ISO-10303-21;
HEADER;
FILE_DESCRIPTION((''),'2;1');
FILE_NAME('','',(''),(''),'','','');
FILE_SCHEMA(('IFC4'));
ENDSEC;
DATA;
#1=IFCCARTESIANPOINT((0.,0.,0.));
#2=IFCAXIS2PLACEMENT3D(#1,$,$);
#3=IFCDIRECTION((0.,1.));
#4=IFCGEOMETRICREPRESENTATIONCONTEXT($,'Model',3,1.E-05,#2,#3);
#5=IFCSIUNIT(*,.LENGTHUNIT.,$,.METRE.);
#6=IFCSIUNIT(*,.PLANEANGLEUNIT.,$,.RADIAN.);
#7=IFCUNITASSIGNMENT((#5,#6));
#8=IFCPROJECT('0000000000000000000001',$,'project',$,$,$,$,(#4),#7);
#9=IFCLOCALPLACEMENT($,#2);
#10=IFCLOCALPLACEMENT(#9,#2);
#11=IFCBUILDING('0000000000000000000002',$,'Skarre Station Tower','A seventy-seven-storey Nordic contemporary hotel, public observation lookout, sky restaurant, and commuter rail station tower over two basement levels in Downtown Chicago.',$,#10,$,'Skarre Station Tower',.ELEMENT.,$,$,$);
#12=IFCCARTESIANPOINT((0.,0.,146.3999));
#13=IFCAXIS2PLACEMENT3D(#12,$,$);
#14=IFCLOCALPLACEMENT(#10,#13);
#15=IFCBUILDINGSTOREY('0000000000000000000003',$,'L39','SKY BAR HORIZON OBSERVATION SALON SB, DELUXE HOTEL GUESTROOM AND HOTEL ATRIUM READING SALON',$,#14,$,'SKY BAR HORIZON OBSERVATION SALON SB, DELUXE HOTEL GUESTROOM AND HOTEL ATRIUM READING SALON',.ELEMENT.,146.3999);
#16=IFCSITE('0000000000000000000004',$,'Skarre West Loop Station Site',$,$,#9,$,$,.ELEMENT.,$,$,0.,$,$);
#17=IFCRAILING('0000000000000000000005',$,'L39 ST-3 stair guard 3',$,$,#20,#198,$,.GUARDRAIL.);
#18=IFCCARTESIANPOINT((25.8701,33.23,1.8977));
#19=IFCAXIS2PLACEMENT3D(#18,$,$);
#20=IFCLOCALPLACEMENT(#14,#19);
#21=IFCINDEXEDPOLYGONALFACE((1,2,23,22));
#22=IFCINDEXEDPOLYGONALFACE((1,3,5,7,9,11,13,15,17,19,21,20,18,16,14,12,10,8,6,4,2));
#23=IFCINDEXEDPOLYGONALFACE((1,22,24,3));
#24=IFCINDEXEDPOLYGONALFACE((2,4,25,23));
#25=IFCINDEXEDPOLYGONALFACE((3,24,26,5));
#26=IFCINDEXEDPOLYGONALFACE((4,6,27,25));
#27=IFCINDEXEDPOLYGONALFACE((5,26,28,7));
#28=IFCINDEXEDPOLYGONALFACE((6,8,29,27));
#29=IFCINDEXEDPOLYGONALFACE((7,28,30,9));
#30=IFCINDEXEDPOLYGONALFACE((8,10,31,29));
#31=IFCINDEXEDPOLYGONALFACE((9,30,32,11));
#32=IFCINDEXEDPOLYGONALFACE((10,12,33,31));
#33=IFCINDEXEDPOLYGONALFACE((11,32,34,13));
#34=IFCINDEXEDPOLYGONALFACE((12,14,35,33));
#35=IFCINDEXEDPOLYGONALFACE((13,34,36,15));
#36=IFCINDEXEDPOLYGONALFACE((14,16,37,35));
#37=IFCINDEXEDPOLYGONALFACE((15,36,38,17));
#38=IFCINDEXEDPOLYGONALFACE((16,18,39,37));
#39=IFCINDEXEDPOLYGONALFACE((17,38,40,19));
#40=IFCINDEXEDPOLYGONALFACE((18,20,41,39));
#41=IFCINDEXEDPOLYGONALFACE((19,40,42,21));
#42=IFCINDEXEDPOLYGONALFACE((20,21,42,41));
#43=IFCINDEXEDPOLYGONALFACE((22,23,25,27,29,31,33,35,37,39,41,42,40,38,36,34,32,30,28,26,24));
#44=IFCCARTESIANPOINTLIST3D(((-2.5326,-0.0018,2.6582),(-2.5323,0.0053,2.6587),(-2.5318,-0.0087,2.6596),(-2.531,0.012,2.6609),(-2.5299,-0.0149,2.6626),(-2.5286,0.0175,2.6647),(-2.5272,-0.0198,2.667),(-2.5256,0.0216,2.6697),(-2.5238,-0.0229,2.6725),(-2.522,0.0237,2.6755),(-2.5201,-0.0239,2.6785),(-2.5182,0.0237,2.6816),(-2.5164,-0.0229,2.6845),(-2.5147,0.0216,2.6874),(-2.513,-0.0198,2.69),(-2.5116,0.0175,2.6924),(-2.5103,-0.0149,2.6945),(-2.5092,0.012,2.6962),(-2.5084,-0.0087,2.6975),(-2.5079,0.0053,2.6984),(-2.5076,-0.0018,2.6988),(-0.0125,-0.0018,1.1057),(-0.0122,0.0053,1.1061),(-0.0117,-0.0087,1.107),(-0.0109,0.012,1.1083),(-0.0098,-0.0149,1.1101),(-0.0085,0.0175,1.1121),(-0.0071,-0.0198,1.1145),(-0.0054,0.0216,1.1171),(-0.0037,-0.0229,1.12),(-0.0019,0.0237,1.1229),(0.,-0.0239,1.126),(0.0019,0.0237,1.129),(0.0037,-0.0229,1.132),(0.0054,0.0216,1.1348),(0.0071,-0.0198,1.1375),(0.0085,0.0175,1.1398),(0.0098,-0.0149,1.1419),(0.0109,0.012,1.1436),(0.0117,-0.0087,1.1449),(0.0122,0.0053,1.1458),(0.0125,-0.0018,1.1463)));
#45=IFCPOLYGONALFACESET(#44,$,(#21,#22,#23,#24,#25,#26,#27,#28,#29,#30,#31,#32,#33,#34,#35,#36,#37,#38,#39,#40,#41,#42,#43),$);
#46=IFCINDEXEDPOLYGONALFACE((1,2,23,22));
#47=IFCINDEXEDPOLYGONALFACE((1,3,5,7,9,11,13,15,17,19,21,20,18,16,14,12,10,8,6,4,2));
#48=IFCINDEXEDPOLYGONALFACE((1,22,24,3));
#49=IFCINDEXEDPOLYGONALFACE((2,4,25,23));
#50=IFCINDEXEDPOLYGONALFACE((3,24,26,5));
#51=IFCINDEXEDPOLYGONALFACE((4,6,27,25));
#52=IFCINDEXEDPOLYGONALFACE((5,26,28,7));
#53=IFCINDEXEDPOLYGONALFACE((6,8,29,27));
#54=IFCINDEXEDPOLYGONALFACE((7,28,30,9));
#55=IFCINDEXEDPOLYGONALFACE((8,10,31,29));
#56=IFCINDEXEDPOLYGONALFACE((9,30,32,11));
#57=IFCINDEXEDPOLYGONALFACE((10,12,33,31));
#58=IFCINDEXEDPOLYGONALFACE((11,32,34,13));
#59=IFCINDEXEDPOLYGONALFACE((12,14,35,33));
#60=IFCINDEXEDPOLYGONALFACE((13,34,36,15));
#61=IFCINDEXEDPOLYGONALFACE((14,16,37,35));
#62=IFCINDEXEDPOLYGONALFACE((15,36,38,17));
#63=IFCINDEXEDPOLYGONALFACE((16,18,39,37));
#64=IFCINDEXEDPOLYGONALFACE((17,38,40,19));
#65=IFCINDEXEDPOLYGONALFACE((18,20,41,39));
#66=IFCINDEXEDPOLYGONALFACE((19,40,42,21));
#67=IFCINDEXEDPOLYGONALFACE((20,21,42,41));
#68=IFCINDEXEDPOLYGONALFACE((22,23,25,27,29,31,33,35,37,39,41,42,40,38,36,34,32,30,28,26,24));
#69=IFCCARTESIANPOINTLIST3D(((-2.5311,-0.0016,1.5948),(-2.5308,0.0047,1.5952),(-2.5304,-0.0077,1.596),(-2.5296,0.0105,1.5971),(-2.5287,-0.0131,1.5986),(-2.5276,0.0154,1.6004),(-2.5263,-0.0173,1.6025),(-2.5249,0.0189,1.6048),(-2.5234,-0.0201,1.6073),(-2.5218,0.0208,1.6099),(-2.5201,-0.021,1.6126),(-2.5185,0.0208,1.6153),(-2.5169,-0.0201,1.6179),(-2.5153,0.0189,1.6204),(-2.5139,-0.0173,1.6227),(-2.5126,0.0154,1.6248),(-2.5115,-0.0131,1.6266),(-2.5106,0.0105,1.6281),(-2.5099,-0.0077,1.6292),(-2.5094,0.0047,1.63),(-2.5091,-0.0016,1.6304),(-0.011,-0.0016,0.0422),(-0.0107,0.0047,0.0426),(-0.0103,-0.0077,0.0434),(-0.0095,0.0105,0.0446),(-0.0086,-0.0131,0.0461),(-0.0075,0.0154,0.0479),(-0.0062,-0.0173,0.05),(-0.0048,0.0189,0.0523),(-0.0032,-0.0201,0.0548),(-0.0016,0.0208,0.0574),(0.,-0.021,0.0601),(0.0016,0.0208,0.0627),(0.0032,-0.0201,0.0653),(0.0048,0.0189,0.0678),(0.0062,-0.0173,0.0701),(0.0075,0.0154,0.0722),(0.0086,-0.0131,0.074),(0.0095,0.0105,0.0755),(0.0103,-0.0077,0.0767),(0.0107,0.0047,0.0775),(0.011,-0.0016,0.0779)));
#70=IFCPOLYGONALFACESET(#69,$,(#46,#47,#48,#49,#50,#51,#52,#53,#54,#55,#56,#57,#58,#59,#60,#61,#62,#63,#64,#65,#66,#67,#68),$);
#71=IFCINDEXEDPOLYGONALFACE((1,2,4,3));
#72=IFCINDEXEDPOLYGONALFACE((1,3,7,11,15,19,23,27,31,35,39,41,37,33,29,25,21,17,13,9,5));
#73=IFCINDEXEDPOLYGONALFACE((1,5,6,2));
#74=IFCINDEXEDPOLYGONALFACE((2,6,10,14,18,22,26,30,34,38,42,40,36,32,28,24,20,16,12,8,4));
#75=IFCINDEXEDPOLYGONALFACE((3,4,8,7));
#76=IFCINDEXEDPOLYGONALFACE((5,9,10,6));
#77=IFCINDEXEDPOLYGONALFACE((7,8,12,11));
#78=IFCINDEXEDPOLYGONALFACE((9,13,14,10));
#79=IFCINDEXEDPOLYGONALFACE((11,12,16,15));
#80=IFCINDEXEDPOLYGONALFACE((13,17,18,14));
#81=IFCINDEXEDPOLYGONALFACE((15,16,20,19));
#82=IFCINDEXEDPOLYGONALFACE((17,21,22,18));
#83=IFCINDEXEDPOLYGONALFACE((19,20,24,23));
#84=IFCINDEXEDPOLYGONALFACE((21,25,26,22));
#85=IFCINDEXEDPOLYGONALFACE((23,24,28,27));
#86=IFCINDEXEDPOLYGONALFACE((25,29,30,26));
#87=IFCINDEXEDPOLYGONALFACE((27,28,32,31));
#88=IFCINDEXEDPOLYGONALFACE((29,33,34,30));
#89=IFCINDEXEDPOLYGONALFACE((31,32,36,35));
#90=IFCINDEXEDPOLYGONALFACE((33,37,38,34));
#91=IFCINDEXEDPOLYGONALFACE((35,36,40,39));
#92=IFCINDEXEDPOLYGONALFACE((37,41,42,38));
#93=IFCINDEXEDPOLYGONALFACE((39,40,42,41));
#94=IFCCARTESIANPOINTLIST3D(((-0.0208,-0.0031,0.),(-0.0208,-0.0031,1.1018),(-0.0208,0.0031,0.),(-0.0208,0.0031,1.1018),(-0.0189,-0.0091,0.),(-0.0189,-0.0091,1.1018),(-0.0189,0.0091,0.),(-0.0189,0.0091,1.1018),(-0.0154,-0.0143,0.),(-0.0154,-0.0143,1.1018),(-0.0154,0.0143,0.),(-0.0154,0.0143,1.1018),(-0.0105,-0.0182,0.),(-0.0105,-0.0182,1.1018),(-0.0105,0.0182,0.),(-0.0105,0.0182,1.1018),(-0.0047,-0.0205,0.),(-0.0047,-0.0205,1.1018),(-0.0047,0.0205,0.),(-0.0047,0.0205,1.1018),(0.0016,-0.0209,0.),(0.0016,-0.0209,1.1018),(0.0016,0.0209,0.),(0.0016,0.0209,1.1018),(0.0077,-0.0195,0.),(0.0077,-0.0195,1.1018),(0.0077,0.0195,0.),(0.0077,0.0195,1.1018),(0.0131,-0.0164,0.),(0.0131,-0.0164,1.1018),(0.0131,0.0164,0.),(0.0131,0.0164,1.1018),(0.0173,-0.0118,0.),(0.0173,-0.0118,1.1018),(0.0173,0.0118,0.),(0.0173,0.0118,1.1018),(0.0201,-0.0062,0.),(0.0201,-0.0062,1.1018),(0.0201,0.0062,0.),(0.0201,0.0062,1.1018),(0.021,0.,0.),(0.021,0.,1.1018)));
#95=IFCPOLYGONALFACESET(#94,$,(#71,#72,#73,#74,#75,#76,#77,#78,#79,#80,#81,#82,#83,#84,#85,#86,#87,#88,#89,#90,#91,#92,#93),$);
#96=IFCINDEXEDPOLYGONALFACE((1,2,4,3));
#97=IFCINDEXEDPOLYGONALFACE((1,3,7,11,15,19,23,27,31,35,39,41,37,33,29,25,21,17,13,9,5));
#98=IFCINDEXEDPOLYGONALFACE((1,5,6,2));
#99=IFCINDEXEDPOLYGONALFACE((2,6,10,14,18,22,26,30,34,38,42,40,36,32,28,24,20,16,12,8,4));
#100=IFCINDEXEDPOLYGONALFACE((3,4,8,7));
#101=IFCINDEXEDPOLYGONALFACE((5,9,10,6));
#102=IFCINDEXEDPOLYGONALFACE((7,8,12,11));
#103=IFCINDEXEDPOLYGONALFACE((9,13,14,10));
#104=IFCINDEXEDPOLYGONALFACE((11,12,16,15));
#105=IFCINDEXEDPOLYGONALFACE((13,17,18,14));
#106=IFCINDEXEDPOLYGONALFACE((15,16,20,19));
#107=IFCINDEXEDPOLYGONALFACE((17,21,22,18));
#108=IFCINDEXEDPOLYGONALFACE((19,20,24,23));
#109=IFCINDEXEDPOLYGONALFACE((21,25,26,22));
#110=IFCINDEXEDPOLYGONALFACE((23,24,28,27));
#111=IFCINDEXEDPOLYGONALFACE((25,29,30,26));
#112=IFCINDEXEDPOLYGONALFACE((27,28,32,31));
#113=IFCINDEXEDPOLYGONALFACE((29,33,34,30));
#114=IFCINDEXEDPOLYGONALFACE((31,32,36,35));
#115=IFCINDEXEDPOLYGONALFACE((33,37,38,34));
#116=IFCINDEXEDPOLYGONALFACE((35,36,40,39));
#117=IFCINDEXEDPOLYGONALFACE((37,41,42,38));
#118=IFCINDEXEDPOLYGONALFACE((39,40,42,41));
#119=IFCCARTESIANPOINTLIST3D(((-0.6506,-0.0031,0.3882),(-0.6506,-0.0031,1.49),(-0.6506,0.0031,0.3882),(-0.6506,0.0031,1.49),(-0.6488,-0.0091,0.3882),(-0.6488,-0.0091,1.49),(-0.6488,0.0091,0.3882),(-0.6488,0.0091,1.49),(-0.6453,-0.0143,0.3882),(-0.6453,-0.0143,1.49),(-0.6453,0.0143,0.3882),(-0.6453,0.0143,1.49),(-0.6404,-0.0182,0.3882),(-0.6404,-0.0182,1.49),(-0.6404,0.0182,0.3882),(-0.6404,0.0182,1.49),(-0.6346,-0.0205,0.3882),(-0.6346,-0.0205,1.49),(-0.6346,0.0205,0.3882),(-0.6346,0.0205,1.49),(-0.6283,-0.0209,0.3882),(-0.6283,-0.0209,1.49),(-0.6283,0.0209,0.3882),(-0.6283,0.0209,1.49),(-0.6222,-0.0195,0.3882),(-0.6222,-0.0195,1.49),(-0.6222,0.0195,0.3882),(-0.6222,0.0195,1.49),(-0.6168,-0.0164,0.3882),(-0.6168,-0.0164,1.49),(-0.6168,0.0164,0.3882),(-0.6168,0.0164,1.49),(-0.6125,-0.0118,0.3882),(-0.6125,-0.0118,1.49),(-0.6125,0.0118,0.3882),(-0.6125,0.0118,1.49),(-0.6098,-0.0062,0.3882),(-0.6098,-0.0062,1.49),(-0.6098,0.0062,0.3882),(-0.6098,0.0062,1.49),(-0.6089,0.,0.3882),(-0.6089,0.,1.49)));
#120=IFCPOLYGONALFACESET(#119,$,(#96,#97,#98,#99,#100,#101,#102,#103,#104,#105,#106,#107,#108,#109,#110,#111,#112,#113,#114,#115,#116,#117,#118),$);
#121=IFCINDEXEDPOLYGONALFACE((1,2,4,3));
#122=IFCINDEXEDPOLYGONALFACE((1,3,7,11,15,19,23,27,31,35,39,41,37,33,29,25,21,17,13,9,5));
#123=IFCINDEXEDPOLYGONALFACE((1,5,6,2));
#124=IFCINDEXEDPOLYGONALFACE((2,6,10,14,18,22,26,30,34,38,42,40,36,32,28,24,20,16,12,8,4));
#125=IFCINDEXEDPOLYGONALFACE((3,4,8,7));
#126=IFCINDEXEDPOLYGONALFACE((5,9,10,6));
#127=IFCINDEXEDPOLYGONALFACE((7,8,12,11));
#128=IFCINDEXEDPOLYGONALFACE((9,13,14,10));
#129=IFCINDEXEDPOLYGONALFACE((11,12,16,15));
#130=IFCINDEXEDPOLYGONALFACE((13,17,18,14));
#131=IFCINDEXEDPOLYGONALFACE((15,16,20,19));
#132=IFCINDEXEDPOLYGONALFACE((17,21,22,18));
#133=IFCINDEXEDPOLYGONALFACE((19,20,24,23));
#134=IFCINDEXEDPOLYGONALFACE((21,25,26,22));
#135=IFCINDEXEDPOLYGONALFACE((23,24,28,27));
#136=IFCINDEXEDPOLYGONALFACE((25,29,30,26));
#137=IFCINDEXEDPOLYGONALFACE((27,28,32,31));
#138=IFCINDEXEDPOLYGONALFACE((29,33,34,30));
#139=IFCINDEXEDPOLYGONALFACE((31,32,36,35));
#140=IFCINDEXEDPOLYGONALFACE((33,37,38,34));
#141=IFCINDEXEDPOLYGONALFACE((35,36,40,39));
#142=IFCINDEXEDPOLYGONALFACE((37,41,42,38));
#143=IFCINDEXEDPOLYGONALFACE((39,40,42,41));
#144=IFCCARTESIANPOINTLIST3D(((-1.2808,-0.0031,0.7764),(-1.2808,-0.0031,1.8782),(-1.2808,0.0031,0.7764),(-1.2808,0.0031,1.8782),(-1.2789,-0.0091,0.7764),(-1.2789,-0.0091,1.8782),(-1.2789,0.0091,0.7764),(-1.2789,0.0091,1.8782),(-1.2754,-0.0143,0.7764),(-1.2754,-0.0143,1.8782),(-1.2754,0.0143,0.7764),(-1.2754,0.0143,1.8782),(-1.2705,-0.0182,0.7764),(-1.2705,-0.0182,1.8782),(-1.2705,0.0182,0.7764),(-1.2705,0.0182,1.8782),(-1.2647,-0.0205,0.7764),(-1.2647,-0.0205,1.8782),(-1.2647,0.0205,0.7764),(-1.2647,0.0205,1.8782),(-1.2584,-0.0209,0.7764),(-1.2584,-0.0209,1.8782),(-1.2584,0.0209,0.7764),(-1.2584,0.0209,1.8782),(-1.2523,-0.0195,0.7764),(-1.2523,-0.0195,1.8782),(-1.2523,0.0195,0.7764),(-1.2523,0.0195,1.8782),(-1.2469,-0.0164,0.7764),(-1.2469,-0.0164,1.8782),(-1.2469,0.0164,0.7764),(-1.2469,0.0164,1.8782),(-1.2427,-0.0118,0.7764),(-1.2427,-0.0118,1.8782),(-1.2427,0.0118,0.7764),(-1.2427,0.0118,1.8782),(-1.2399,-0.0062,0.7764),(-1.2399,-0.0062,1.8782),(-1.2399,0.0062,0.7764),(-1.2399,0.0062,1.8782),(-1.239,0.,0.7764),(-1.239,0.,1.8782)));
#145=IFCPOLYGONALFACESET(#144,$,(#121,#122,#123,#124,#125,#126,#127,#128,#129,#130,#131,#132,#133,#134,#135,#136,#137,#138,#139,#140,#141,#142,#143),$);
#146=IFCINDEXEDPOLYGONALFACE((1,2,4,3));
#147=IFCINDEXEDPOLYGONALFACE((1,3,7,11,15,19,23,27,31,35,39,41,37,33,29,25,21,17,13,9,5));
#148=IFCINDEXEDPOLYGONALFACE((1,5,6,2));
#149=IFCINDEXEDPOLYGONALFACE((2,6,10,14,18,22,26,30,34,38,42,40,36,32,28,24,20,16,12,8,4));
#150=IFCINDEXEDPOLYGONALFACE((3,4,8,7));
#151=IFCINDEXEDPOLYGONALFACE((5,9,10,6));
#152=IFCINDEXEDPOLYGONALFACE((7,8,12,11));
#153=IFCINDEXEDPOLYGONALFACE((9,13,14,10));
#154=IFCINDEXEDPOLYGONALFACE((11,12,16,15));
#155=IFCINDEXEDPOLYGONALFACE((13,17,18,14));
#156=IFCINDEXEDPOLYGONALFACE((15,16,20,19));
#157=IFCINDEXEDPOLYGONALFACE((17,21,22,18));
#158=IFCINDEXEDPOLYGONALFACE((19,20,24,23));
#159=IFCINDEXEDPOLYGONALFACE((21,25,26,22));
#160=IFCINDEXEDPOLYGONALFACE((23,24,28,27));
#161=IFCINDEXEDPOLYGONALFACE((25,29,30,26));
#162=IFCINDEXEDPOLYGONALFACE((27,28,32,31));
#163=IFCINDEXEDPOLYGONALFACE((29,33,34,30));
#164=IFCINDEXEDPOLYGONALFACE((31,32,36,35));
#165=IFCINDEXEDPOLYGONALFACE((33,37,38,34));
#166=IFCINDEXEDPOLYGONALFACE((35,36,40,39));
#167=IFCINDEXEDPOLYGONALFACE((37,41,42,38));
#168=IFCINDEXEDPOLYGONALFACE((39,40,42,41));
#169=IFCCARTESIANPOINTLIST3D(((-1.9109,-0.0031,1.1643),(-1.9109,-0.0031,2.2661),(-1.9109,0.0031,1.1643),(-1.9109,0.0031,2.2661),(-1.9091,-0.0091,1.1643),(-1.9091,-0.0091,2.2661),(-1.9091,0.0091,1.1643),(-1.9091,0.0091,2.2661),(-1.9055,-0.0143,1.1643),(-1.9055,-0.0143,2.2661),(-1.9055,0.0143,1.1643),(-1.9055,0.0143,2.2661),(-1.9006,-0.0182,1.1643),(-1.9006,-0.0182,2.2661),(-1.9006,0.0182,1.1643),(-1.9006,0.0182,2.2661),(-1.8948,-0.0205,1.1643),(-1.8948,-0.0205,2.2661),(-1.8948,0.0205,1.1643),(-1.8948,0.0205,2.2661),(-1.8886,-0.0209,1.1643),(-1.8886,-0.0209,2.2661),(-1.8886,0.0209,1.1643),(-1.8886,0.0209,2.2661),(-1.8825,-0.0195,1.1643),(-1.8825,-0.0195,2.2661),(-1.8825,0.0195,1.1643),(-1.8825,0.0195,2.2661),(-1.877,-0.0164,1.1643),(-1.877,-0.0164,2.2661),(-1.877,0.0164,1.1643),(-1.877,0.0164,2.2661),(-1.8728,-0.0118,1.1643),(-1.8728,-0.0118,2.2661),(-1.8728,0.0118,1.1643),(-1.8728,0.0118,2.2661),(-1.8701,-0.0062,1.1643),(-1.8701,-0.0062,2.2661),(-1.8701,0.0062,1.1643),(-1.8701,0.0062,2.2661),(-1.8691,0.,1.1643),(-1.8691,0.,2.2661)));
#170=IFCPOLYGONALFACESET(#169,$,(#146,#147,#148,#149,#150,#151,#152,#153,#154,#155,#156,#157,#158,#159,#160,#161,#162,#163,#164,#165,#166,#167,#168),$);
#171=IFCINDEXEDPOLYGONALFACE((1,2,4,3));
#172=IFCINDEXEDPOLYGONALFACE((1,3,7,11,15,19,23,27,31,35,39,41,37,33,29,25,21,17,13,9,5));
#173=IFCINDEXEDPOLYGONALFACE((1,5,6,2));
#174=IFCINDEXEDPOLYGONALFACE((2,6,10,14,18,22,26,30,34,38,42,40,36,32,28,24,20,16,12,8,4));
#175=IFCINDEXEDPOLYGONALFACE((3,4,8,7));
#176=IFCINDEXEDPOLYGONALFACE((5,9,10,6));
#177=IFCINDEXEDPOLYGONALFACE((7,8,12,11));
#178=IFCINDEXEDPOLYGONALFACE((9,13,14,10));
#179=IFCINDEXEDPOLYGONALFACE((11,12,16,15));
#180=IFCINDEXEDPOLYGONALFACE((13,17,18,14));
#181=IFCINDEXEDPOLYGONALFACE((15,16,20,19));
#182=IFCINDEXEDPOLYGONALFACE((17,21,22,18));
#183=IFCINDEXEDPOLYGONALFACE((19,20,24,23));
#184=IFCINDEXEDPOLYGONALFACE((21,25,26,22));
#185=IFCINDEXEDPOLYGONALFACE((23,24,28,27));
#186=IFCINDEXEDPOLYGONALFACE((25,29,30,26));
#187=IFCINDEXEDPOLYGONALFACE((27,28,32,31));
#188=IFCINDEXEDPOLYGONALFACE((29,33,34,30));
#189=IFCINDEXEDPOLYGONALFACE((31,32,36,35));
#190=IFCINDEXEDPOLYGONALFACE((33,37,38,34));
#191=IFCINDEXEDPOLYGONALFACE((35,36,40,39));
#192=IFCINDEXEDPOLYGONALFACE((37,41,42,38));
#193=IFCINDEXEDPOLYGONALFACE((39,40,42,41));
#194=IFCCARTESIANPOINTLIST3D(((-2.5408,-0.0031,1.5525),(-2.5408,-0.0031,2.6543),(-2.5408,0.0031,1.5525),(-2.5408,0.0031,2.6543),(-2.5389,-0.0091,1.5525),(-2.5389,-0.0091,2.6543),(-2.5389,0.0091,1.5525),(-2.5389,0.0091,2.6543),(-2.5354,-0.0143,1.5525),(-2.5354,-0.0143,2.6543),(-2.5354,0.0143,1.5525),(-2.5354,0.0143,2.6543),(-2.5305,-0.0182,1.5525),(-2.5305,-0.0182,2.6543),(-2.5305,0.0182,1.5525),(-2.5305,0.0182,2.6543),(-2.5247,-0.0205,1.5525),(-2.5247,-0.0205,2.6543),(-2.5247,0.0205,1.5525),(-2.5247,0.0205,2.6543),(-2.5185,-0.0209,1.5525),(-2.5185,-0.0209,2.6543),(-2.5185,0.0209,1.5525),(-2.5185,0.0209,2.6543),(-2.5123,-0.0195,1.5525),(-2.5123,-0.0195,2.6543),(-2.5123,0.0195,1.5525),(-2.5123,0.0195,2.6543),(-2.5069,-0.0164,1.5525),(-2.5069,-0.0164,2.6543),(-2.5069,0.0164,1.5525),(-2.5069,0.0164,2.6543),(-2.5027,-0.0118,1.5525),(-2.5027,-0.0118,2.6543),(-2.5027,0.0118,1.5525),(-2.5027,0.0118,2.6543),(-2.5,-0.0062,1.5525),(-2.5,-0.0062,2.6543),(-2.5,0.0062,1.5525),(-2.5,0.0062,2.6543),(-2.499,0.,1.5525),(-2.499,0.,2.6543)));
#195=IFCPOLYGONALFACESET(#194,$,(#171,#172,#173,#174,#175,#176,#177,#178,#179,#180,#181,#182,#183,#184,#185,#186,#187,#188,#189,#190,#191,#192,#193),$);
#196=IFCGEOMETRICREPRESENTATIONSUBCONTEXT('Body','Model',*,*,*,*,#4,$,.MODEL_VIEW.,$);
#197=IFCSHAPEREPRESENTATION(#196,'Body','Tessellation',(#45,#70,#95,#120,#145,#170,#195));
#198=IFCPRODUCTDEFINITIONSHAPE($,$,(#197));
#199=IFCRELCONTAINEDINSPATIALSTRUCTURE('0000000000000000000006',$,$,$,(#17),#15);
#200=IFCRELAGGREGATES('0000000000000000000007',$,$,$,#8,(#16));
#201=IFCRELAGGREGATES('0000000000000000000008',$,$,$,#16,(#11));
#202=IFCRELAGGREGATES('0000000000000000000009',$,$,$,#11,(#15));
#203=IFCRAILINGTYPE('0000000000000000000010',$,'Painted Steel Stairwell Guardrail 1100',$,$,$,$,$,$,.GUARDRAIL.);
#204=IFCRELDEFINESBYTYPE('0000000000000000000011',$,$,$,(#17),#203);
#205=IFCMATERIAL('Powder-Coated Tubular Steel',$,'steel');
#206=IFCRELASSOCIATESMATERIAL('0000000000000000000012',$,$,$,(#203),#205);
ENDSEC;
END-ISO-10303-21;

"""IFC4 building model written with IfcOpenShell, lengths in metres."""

from ifc_helpers import new_model, si_unit, direction, frame, origin, origin_2d, place, context, subcontext, project, spatial, circle, extrude, material, type_object, element, save


model = new_model("IFC4")

# Units and contexts
model_context = context("Model", 3, precision=1e-05, world=origin(), true_north=direction((0.0, 1.0)))
body_context = subcontext(model_context, "Body", "Model", "MODEL_VIEW")
ifc_project = project(units=[si_unit("LENGTHUNIT", "METRE"), si_unit("PLANEANGLEUNIT", "RADIAN")], contexts=[model_context])

# Site, building, storey
site_placement = place(None, origin())
site = spatial("IfcSite", under=ifc_project, at=site_placement, Name="Skarre West Loop Station Site", CompositionType="ELEMENT", RefElevation=0.0)
building_placement = place(site_placement, origin())
building = spatial("IfcBuilding", under=site, at=building_placement, Name="Skarre Station Tower", Description="A seventy-seven-storey Nordic contemporary hotel, public observation lookout, sky restaurant, and commuter rail station tower over two basement levels in Downtown Chicago.", LongName="Skarre Station Tower", CompositionType="ELEMENT")
storey_placement = place(building_placement, frame((0.0, 0.0, 146.3999)))
storey = spatial("IfcBuildingStorey", under=building, at=storey_placement, Name="L39", Description="SKY BAR HORIZON OBSERVATION SALON SB, DELUXE HOTEL GUESTROOM AND HOTEL ATRIUM READING SALON", LongName="SKY BAR HORIZON OBSERVATION SALON SB, DELUXE HOTEL GUESTROOM AND HOTEL ATRIUM READING SALON", CompositionType="ELEMENT", Elevation=146.3999)

# Railing
ifc_material_1 = material(Name="Powder-Coated Tubular Steel", Category="steel")
railing_type_1 = type_object("IfcRailingType", Name="Painted Steel Stairwell Guardrail 1100", PredefinedType="GUARDRAIL", material=ifc_material_1)
railing_1_placement = place(storey_placement, frame((25.8701, 33.23, 1.8977)))
element("IfcRailing", 1, at=railing_1_placement, inside=storey, type_object=railing_type_1, Name="L39 ST-3 stair guard 3", PredefinedType="GUARDRAIL", context=body_context, shape_type="SweptSolid", body=[
    extrude(circle(Radius=0.0239, at=origin_2d()), frame((0.0, 0.0, 1.126), z_axis=(-0.8514, 0.0, 0.524516), x_axis=(0.0, -1.0, 0.0)), (0.0, 0.0, 1.0), 2.96),
    extrude(circle(Radius=0.021, at=origin_2d()), frame((0.0, 0.0, 0.0601), z_axis=(-0.8514, 0.0, 0.524516), x_axis=(0.0, -1.0, 0.0)), (0.0, 0.0, 1.0), 2.96),
    extrude(circle(Radius=0.021, at=origin_2d()), origin(), (0.0, 0.0, 1.0), 1.1018),
    extrude(circle(Radius=0.021, at=origin_2d()), frame((-0.6299, 0.0, 0.3882)), (0.0, 0.0, 1.0), 1.1018),
    extrude(circle(Radius=0.021, at=origin_2d()), frame((-1.26, 0.0, 0.7764)), (0.0, 0.0, 1.0), 1.1018),
    extrude(circle(Radius=0.021, at=origin_2d()), frame((-1.8901, 0.0, 1.1643)), (0.0, 0.0, 1.0), 1.1018),
    extrude(circle(Radius=0.021, at=origin_2d()), frame((-2.52, 0.0, 1.5525)), (0.0, 0.0, 1.0), 1.1018),
])

save(model, "model.ifc")
